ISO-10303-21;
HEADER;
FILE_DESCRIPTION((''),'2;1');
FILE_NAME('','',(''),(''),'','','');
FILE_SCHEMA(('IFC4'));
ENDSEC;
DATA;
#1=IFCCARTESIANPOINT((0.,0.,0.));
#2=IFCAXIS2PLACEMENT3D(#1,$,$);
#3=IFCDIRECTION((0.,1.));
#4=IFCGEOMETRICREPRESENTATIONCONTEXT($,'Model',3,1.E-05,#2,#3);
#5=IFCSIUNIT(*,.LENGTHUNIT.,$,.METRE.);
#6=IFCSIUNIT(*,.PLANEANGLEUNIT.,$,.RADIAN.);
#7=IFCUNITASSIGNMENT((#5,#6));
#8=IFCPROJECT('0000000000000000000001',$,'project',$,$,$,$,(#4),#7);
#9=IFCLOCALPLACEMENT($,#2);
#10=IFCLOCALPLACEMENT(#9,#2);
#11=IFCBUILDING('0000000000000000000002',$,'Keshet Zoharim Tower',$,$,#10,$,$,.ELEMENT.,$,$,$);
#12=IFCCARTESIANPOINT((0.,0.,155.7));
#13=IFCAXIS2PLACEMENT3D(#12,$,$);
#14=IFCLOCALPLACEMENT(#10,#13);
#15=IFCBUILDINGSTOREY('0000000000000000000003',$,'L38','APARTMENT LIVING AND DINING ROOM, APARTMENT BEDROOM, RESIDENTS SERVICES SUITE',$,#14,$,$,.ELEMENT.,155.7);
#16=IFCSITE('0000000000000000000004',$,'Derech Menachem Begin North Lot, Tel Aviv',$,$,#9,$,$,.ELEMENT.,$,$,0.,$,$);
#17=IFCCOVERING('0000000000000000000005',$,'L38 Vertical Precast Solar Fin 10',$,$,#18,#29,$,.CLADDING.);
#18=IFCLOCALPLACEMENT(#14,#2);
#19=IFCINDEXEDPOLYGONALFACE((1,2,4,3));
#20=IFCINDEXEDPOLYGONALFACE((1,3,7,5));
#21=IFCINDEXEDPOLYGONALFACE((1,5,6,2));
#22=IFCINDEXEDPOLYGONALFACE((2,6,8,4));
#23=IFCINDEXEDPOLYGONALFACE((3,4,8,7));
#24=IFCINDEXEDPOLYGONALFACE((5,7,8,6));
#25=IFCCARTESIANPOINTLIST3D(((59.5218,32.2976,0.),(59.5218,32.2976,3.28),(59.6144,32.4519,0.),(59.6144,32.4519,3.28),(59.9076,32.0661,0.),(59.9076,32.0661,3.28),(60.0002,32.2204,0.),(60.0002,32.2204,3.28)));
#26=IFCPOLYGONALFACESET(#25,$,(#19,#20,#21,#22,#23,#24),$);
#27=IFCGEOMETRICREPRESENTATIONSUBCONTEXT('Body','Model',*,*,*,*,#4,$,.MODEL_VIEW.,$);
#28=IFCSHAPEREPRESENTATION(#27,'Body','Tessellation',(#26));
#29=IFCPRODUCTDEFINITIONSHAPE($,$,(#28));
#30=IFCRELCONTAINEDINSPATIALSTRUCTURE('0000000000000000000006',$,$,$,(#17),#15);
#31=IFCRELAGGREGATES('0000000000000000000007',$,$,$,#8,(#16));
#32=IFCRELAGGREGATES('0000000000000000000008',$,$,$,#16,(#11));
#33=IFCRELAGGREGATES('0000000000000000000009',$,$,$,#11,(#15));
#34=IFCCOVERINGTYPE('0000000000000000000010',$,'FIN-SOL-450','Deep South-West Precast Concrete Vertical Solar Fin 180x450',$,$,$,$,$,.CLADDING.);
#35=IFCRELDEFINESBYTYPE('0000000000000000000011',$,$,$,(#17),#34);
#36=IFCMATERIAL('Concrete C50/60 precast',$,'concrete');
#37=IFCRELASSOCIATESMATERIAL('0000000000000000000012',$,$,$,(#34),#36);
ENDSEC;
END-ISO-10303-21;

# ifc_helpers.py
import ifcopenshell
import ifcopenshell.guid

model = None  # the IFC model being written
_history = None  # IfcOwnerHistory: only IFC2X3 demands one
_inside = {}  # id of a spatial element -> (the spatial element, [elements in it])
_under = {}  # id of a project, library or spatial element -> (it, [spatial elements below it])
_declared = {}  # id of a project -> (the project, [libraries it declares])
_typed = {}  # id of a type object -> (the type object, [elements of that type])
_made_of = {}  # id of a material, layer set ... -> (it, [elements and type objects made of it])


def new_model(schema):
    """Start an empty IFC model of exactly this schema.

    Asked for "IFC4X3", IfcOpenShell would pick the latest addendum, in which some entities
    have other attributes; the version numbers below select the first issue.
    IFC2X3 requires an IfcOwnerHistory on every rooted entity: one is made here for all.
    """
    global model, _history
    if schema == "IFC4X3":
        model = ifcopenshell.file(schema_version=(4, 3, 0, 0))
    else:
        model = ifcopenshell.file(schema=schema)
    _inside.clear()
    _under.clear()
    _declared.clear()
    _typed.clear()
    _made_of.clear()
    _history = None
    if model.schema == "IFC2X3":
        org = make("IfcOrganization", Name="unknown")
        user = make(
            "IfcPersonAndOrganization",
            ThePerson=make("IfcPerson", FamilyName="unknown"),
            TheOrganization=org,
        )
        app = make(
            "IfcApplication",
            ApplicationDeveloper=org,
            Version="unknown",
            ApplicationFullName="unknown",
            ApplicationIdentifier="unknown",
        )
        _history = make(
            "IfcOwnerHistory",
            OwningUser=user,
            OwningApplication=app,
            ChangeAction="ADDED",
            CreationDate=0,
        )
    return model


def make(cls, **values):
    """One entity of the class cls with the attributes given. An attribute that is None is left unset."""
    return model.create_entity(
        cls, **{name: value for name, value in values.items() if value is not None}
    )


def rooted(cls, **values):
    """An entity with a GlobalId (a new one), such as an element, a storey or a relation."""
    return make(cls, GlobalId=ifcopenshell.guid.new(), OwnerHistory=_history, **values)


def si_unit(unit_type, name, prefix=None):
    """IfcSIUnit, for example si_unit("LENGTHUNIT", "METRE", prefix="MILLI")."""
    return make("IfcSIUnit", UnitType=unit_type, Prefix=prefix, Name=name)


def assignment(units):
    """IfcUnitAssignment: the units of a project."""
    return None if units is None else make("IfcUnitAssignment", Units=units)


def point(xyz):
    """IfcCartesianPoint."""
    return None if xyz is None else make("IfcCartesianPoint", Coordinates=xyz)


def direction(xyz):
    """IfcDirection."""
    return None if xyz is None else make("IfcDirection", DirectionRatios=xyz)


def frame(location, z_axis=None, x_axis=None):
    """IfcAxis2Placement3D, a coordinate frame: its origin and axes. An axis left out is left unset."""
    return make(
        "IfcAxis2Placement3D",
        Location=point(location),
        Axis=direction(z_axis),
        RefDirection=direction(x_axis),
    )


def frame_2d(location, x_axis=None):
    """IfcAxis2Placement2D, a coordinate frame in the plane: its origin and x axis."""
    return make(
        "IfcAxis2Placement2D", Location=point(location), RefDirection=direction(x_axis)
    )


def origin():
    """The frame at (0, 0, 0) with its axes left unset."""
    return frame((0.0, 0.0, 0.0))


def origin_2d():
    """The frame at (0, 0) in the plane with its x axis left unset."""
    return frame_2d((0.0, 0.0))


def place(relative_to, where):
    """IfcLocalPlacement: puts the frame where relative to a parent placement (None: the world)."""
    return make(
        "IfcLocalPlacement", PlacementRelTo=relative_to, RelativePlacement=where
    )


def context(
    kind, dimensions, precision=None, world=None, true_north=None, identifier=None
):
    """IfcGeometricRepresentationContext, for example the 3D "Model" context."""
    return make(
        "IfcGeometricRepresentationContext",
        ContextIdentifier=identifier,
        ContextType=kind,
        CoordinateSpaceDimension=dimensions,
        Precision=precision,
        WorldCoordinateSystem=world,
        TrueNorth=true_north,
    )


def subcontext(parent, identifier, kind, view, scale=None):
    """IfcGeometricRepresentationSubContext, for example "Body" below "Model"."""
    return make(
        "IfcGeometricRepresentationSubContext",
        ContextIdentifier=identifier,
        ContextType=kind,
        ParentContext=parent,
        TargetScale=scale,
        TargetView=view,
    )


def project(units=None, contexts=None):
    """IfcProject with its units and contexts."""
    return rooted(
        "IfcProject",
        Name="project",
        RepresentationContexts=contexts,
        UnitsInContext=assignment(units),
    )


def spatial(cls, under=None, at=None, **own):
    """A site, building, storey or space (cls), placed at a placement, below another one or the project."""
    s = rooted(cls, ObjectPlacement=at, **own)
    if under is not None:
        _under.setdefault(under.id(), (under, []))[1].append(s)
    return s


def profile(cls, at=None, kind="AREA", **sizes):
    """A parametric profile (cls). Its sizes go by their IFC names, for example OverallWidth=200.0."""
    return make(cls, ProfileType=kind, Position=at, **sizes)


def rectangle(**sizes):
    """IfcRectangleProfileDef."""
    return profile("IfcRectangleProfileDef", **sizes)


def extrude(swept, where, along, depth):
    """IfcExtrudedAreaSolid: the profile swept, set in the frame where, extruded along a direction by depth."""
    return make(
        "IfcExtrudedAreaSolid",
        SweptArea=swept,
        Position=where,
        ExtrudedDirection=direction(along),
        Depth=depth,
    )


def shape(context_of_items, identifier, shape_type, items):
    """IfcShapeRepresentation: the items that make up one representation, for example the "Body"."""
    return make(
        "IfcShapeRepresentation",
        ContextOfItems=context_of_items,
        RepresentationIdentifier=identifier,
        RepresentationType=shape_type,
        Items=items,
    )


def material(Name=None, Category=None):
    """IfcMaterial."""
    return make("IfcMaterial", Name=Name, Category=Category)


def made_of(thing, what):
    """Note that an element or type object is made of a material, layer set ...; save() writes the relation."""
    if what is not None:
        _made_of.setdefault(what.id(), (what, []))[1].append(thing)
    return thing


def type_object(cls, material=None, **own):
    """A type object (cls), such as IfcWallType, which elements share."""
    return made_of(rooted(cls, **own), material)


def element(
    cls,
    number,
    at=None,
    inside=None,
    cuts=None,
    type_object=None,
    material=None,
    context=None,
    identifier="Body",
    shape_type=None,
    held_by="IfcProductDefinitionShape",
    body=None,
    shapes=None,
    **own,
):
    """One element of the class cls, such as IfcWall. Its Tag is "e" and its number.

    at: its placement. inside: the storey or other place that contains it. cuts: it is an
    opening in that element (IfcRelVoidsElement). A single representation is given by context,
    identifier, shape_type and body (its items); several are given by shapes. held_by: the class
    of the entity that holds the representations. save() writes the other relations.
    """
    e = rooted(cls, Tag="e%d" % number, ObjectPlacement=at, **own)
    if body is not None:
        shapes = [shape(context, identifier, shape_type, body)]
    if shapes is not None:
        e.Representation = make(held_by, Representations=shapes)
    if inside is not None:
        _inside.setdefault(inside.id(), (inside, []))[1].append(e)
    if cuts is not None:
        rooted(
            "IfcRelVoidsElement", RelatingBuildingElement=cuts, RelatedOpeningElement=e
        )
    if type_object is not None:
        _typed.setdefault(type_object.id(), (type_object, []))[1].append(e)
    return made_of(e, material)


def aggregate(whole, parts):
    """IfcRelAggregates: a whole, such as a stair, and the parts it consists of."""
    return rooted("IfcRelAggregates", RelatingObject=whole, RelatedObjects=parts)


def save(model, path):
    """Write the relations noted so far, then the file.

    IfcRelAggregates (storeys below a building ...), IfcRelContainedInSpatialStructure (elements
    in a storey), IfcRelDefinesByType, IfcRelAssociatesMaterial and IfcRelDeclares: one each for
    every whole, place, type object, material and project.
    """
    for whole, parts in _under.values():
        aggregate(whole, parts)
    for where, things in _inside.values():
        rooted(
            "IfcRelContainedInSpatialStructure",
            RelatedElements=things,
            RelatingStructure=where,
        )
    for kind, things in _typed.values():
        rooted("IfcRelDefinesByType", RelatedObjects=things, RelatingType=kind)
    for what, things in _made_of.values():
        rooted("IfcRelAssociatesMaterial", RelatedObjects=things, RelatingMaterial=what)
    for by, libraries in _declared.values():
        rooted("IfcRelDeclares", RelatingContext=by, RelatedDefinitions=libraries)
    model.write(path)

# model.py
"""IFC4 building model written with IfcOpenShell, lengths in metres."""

from ifc_helpers import new_model, si_unit, direction, frame, origin, origin_2d, place, context, subcontext, project, spatial, rectangle, extrude, material, type_object, element, save


model = new_model("IFC4")

# Units and contexts
model_context = context("Model", 3, precision=1e-05, world=origin(), true_north=direction((0.0, 1.0)))
body_context = subcontext(model_context, "Body", "Model", "MODEL_VIEW")
ifc_project = project(units=[si_unit("LENGTHUNIT", "METRE"), si_unit("PLANEANGLEUNIT", "RADIAN")], contexts=[model_context])

# Site, building, storey
site_placement = place(None, origin())
site = spatial("IfcSite", under=ifc_project, at=site_placement, Name="Derech Menachem Begin North Lot, Tel Aviv", CompositionType="ELEMENT", RefElevation=0.0)
building_placement = place(site_placement, origin())
building = spatial("IfcBuilding", under=site, at=building_placement, Name="Keshet Zoharim Tower", CompositionType="ELEMENT")
storey_placement = place(building_placement, frame((0.0, 0.0, 155.7)))
storey = spatial("IfcBuildingStorey", under=building, at=storey_placement, Name="L38", Description="APARTMENT LIVING AND DINING ROOM, APARTMENT BEDROOM, RESIDENTS SERVICES SUITE", CompositionType="ELEMENT", Elevation=155.7)

# Covering
ifc_material_1 = material(Name="Concrete C50/60 precast", Category="concrete")
covering_type = type_object("IfcCoveringType", Name="FIN-SOL-450", Description="Deep South-West Precast Concrete Vertical Solar Fin 180x450", PredefinedType="CLADDING", material=ifc_material_1)
covering_placement = place(storey_placement, frame((59.761, 32.259, 0.0), z_axis=(0.0, 0.0, 1.0), x_axis=(-0.514482, -0.857501, 0.0)))
element("IfcCovering", 1, at=covering_placement, inside=storey, type_object=covering_type, Name="L38 Vertical Precast Solar Fin 10", PredefinedType="CLADDING", context=body_context, shape_type="SweptSolid", body=[
    extrude(rectangle(XDim=0.1799, YDim=0.45, at=origin_2d()), origin(), (0.0, 0.0, 1.0), 3.28),
])

save(model, "model.ifc")
